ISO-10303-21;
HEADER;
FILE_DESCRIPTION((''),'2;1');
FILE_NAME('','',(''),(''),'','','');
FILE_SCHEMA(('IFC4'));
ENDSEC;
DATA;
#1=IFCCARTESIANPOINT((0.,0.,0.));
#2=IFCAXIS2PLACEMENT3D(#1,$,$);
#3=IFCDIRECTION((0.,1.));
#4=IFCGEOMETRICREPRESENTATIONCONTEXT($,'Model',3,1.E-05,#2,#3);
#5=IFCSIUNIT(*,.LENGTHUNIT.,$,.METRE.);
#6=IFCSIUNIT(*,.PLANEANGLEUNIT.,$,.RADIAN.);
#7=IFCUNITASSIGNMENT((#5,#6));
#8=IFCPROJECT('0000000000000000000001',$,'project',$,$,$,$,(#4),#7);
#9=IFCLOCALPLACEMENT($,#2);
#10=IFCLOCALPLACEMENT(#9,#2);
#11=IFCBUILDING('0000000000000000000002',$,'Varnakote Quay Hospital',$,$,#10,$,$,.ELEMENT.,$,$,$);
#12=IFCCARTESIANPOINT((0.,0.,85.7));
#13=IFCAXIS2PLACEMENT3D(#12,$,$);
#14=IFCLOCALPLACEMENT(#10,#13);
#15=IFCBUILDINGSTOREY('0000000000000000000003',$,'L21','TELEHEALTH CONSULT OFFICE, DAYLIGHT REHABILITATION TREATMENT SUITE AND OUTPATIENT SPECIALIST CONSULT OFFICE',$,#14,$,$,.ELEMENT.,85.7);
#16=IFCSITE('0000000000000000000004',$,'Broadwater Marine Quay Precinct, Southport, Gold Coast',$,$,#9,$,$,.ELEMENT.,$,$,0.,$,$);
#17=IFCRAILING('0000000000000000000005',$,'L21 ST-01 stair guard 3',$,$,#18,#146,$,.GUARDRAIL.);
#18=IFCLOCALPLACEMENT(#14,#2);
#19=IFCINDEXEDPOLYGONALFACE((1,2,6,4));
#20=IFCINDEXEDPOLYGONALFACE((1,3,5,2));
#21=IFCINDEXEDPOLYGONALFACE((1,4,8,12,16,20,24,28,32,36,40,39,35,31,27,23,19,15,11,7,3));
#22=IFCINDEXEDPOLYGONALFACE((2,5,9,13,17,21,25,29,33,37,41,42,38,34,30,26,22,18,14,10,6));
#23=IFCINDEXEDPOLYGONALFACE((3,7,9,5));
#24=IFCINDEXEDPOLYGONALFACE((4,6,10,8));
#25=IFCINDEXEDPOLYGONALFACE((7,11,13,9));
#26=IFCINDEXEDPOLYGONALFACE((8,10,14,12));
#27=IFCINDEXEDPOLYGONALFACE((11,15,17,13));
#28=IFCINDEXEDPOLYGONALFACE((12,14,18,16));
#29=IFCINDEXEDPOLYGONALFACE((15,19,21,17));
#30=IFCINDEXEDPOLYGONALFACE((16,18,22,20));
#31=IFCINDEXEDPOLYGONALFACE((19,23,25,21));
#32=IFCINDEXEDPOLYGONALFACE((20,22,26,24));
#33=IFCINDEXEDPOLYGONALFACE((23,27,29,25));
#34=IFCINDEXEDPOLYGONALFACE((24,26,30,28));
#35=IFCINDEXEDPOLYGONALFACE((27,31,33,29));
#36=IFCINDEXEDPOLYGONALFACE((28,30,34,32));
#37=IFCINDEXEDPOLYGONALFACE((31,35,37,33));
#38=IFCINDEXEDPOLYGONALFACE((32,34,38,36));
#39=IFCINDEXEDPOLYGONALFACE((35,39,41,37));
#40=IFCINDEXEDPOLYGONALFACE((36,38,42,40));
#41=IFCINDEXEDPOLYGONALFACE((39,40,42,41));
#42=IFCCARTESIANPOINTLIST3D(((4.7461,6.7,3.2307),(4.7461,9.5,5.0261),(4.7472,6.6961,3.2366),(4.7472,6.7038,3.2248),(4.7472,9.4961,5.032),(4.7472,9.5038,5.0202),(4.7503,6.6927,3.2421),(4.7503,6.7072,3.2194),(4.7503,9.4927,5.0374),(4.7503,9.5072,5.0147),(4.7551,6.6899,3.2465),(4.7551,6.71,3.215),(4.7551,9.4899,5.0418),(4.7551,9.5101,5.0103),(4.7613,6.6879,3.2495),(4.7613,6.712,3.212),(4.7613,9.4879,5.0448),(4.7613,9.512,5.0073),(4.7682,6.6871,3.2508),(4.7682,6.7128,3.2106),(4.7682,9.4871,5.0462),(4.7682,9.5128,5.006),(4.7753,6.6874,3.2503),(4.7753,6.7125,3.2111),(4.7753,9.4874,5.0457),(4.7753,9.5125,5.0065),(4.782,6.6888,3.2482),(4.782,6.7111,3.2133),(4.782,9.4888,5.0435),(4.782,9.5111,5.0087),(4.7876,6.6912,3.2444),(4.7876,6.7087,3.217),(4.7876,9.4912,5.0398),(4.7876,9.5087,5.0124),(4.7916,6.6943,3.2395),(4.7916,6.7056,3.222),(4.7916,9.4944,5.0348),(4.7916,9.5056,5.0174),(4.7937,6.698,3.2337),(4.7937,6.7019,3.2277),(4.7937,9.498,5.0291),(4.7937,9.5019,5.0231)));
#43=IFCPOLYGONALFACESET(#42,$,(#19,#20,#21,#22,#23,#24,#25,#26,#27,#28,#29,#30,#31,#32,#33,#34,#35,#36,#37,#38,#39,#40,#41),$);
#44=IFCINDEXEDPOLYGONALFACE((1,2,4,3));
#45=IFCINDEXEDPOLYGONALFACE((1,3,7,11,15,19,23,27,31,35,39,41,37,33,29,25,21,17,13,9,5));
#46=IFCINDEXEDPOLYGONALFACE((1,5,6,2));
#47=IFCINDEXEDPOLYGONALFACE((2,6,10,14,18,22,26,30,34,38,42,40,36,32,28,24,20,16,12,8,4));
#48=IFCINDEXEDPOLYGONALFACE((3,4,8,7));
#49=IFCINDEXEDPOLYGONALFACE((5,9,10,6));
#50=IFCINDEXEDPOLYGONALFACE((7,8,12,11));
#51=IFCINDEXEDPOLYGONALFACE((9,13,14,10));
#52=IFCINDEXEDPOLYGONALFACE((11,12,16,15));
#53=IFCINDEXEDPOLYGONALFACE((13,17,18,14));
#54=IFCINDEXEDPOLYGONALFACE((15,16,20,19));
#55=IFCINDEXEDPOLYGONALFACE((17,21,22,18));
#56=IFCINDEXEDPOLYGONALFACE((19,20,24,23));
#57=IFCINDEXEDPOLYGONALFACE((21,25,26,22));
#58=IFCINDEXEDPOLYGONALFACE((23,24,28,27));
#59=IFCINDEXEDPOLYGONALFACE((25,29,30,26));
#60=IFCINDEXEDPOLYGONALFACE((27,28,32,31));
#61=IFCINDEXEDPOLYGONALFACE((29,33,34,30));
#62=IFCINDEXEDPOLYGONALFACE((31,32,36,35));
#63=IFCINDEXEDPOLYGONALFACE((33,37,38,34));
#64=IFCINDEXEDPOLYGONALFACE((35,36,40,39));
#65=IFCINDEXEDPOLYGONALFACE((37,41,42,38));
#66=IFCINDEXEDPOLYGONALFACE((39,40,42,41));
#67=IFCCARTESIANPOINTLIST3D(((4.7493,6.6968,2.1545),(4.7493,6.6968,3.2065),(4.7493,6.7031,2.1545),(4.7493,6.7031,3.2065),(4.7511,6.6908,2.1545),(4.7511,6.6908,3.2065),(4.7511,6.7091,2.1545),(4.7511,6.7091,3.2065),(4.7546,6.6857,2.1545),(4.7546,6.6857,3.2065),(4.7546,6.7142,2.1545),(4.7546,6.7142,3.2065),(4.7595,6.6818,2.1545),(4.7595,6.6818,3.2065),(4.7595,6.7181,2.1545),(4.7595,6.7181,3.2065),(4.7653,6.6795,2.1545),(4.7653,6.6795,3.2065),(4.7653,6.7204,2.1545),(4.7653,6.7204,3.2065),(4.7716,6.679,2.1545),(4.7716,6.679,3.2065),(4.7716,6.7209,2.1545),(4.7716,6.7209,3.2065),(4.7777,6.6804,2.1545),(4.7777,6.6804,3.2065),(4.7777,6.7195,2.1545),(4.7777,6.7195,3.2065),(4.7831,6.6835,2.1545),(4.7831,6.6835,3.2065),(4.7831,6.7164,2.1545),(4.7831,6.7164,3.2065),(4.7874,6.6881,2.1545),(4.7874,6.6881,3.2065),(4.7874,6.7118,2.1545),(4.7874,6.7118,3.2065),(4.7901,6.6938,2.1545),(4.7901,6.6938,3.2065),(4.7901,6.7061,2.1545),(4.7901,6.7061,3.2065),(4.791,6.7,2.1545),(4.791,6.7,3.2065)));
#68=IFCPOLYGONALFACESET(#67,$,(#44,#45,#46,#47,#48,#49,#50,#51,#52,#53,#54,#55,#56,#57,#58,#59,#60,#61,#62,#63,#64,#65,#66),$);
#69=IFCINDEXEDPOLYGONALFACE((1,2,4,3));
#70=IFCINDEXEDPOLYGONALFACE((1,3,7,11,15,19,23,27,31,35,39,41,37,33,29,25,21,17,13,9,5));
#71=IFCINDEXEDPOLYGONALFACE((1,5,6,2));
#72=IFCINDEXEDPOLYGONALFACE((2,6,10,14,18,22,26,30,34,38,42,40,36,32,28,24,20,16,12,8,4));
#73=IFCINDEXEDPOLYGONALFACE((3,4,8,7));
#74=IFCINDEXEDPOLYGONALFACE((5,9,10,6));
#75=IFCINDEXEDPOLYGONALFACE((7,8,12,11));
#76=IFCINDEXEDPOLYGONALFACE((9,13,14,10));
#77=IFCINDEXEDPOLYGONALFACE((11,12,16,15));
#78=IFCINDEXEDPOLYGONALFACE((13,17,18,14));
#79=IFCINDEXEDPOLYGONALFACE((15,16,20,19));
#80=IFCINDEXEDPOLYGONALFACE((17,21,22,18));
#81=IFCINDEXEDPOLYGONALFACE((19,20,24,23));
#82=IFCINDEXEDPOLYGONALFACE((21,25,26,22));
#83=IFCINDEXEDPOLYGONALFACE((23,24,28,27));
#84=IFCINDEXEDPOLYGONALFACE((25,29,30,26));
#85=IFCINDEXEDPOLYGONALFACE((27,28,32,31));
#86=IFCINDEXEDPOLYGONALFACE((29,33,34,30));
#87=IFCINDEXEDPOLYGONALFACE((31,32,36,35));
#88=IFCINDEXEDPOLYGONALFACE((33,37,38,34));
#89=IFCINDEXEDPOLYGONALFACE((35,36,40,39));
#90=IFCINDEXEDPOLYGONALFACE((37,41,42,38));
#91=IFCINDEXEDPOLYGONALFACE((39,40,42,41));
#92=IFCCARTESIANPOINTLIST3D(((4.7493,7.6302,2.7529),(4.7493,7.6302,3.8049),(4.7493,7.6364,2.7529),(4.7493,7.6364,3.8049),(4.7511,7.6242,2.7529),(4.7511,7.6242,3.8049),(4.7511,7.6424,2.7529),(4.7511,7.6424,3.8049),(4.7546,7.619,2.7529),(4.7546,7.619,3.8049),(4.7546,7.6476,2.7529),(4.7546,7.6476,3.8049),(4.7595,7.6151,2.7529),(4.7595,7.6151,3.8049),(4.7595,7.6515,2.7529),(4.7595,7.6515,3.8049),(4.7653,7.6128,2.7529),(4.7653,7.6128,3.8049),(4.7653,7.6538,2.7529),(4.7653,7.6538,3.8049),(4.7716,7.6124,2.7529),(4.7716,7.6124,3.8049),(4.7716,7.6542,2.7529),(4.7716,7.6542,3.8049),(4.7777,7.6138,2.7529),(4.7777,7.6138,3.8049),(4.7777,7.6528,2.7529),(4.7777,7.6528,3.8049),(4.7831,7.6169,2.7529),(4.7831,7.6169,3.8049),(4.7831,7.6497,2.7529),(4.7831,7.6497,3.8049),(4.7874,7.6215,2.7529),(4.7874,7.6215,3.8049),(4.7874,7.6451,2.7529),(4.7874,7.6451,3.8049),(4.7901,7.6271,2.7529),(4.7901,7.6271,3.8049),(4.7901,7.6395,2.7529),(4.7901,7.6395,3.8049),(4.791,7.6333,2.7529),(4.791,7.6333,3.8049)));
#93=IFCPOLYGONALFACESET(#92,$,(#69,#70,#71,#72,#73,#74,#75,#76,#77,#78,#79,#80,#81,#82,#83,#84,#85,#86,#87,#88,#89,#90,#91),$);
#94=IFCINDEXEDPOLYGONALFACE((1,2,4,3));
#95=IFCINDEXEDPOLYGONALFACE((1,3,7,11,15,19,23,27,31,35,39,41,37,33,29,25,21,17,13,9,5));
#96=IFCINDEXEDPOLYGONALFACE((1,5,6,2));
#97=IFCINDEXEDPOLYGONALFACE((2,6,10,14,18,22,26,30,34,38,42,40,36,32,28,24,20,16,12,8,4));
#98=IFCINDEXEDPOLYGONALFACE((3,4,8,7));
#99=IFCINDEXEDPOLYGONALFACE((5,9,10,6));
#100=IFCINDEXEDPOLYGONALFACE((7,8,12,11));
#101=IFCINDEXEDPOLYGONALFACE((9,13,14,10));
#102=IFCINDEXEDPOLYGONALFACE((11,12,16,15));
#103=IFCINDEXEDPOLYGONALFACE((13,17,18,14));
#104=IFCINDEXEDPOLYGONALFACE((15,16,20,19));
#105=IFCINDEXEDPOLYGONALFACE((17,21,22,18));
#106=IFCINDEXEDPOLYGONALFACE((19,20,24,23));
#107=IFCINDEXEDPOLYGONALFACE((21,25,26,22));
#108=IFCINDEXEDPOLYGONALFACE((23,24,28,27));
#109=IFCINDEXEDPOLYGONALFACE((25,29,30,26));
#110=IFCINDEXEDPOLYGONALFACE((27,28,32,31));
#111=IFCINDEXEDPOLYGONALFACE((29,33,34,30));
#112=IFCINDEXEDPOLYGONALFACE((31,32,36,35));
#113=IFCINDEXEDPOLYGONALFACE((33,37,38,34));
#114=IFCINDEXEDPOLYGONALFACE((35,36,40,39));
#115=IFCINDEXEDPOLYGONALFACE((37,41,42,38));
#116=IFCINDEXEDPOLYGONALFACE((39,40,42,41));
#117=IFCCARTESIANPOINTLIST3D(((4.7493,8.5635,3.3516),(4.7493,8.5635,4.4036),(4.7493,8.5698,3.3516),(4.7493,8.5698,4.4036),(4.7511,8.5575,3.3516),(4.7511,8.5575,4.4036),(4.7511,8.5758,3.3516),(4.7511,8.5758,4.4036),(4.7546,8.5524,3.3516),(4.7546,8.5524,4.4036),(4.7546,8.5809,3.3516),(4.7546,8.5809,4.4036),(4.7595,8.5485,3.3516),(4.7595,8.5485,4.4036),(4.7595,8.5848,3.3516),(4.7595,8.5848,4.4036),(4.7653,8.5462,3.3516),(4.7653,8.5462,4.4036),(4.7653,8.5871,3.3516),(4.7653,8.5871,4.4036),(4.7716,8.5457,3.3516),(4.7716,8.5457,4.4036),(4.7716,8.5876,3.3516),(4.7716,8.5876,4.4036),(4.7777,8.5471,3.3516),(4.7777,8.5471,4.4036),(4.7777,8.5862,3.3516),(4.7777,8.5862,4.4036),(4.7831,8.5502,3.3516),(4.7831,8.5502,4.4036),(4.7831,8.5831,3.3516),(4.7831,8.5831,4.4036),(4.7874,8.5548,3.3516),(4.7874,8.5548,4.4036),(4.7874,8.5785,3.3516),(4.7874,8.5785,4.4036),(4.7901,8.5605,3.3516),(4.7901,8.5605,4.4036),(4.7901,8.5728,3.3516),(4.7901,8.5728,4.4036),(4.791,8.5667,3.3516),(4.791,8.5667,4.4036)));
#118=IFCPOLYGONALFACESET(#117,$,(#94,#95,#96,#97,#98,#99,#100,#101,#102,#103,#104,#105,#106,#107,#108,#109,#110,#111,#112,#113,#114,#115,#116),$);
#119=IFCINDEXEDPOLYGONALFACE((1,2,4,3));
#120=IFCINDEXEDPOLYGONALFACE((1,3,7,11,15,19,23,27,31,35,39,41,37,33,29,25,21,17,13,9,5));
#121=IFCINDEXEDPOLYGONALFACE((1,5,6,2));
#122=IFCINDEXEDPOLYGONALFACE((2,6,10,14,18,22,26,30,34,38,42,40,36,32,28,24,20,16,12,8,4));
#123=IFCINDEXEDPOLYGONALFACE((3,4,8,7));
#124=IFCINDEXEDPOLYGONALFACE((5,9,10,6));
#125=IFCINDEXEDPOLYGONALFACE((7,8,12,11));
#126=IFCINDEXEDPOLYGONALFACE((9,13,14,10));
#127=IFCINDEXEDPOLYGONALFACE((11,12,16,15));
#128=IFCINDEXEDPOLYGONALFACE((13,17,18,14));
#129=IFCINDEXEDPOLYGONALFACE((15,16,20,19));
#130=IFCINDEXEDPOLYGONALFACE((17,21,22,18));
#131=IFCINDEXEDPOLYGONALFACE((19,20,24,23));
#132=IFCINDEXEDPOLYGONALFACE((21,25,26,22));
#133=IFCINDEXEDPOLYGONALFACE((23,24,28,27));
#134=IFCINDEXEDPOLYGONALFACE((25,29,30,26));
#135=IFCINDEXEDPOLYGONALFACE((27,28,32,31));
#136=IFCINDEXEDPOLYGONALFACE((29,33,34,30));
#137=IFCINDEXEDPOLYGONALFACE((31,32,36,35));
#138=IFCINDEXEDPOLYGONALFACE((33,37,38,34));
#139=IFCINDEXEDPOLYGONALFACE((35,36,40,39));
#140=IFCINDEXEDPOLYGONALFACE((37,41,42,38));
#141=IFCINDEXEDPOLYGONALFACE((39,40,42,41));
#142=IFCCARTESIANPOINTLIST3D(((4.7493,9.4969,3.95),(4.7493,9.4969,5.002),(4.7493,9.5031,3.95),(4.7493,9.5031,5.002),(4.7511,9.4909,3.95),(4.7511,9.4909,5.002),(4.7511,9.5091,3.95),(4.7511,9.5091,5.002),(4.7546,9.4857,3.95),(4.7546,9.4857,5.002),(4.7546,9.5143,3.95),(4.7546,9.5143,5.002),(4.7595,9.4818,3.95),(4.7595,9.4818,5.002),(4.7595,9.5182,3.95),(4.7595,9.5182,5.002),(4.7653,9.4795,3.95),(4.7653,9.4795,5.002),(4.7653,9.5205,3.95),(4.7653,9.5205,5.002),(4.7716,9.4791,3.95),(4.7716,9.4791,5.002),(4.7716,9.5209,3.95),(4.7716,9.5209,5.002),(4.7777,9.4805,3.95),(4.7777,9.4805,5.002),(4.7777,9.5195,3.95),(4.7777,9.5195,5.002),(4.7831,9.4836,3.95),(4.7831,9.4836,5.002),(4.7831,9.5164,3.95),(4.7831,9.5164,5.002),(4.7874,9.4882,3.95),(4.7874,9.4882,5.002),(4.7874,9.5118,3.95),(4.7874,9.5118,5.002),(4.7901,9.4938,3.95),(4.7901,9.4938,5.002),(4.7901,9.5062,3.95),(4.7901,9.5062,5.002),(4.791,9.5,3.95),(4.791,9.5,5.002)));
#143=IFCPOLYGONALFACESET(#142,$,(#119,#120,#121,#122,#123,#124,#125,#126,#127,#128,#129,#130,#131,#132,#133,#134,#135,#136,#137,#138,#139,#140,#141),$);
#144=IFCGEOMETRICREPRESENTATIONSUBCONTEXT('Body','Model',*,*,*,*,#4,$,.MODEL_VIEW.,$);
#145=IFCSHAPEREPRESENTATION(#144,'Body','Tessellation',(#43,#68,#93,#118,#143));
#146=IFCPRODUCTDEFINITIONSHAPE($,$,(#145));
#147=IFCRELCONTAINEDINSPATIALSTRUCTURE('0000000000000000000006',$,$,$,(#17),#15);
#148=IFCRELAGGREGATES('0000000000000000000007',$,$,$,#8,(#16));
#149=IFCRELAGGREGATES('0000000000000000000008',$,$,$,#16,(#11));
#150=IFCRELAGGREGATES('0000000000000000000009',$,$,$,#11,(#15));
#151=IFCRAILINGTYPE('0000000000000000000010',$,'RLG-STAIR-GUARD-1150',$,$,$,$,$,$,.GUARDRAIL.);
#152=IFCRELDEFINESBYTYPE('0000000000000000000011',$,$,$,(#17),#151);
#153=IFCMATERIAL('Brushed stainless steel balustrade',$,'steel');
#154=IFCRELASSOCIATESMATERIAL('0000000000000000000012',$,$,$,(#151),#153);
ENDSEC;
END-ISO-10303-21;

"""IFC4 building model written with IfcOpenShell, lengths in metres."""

from ifc_helpers import new_model, si_unit, direction, frame, origin, origin_2d, place, context, subcontext, project, spatial, circle, extrude, material, type_object, element, save


model = new_model("IFC4")

# Units and contexts
model_context = context("Model", 3, precision=1e-05, world=origin(), true_north=direction((0.0, 1.0)))
body_context = subcontext(model_context, "Body", "Model", "MODEL_VIEW")
ifc_project = project(units=[si_unit("LENGTHUNIT", "METRE"), si_unit("PLANEANGLEUNIT", "RADIAN")], contexts=[model_context])

# Site, building, storey
site_placement = place(None, origin())
site = spatial("IfcSite", under=ifc_project, at=site_placement, Name="Broadwater Marine Quay Precinct, Southport, Gold Coast", CompositionType="ELEMENT", RefElevation=0.0)
building_placement = place(site_placement, origin())
building = spatial("IfcBuilding", under=site, at=building_placement, Name="Varnakote Quay Hospital", CompositionType="ELEMENT")
storey_placement = place(building_placement, frame((0.0, 0.0, 85.7)))
storey = spatial("IfcBuildingStorey", under=building, at=storey_placement, Name="L21", Description="TELEHEALTH CONSULT OFFICE, DAYLIGHT REHABILITATION TREATMENT SUITE AND OUTPATIENT SPECIALIST CONSULT OFFICE", CompositionType="ELEMENT", Elevation=85.7)

# Railing
ifc_material_1 = material(Name="Brushed stainless steel balustrade", Category="steel")
railing_type_1 = type_object("IfcRailingType", Name="RLG-STAIR-GUARD-1150", PredefinedType="GUARDRAIL", material=ifc_material_1)
railing_1_placement = place(storey_placement, frame((4.77, 6.7, 2.1545)))
element("IfcRailing", 1, at=railing_1_placement, inside=storey, type_object=railing_type_1, Name="L21 ST-01 stair guard 3", PredefinedType="GUARDRAIL", context=body_context, shape_type="SweptSolid", body=[
    extrude(circle(Radius=0.0239, at=origin_2d()), frame((0.0, 0.0, 1.0762), z_axis=(0.0, 0.84181, 0.539774), x_axis=(-1.0, 0.0, 0.0)), (0.0, 0.0, 1.0), 3.3262),
    extrude(circle(Radius=0.021, at=origin_2d()), origin(), (0.0, 0.0, 1.0), 1.052),
    extrude(circle(Radius=0.021, at=origin_2d()), frame((0.0, 0.9333, 0.5984)), (0.0, 0.0, 1.0), 1.052),
    extrude(circle(Radius=0.021, at=origin_2d()), frame((0.0, 1.8667, 1.197)), (0.0, 0.0, 1.0), 1.052),
    extrude(circle(Radius=0.021, at=origin_2d()), frame((0.0, 2.8, 1.7954)), (0.0, 0.0, 1.0), 1.052),
])

save(model, "model.ifc")
